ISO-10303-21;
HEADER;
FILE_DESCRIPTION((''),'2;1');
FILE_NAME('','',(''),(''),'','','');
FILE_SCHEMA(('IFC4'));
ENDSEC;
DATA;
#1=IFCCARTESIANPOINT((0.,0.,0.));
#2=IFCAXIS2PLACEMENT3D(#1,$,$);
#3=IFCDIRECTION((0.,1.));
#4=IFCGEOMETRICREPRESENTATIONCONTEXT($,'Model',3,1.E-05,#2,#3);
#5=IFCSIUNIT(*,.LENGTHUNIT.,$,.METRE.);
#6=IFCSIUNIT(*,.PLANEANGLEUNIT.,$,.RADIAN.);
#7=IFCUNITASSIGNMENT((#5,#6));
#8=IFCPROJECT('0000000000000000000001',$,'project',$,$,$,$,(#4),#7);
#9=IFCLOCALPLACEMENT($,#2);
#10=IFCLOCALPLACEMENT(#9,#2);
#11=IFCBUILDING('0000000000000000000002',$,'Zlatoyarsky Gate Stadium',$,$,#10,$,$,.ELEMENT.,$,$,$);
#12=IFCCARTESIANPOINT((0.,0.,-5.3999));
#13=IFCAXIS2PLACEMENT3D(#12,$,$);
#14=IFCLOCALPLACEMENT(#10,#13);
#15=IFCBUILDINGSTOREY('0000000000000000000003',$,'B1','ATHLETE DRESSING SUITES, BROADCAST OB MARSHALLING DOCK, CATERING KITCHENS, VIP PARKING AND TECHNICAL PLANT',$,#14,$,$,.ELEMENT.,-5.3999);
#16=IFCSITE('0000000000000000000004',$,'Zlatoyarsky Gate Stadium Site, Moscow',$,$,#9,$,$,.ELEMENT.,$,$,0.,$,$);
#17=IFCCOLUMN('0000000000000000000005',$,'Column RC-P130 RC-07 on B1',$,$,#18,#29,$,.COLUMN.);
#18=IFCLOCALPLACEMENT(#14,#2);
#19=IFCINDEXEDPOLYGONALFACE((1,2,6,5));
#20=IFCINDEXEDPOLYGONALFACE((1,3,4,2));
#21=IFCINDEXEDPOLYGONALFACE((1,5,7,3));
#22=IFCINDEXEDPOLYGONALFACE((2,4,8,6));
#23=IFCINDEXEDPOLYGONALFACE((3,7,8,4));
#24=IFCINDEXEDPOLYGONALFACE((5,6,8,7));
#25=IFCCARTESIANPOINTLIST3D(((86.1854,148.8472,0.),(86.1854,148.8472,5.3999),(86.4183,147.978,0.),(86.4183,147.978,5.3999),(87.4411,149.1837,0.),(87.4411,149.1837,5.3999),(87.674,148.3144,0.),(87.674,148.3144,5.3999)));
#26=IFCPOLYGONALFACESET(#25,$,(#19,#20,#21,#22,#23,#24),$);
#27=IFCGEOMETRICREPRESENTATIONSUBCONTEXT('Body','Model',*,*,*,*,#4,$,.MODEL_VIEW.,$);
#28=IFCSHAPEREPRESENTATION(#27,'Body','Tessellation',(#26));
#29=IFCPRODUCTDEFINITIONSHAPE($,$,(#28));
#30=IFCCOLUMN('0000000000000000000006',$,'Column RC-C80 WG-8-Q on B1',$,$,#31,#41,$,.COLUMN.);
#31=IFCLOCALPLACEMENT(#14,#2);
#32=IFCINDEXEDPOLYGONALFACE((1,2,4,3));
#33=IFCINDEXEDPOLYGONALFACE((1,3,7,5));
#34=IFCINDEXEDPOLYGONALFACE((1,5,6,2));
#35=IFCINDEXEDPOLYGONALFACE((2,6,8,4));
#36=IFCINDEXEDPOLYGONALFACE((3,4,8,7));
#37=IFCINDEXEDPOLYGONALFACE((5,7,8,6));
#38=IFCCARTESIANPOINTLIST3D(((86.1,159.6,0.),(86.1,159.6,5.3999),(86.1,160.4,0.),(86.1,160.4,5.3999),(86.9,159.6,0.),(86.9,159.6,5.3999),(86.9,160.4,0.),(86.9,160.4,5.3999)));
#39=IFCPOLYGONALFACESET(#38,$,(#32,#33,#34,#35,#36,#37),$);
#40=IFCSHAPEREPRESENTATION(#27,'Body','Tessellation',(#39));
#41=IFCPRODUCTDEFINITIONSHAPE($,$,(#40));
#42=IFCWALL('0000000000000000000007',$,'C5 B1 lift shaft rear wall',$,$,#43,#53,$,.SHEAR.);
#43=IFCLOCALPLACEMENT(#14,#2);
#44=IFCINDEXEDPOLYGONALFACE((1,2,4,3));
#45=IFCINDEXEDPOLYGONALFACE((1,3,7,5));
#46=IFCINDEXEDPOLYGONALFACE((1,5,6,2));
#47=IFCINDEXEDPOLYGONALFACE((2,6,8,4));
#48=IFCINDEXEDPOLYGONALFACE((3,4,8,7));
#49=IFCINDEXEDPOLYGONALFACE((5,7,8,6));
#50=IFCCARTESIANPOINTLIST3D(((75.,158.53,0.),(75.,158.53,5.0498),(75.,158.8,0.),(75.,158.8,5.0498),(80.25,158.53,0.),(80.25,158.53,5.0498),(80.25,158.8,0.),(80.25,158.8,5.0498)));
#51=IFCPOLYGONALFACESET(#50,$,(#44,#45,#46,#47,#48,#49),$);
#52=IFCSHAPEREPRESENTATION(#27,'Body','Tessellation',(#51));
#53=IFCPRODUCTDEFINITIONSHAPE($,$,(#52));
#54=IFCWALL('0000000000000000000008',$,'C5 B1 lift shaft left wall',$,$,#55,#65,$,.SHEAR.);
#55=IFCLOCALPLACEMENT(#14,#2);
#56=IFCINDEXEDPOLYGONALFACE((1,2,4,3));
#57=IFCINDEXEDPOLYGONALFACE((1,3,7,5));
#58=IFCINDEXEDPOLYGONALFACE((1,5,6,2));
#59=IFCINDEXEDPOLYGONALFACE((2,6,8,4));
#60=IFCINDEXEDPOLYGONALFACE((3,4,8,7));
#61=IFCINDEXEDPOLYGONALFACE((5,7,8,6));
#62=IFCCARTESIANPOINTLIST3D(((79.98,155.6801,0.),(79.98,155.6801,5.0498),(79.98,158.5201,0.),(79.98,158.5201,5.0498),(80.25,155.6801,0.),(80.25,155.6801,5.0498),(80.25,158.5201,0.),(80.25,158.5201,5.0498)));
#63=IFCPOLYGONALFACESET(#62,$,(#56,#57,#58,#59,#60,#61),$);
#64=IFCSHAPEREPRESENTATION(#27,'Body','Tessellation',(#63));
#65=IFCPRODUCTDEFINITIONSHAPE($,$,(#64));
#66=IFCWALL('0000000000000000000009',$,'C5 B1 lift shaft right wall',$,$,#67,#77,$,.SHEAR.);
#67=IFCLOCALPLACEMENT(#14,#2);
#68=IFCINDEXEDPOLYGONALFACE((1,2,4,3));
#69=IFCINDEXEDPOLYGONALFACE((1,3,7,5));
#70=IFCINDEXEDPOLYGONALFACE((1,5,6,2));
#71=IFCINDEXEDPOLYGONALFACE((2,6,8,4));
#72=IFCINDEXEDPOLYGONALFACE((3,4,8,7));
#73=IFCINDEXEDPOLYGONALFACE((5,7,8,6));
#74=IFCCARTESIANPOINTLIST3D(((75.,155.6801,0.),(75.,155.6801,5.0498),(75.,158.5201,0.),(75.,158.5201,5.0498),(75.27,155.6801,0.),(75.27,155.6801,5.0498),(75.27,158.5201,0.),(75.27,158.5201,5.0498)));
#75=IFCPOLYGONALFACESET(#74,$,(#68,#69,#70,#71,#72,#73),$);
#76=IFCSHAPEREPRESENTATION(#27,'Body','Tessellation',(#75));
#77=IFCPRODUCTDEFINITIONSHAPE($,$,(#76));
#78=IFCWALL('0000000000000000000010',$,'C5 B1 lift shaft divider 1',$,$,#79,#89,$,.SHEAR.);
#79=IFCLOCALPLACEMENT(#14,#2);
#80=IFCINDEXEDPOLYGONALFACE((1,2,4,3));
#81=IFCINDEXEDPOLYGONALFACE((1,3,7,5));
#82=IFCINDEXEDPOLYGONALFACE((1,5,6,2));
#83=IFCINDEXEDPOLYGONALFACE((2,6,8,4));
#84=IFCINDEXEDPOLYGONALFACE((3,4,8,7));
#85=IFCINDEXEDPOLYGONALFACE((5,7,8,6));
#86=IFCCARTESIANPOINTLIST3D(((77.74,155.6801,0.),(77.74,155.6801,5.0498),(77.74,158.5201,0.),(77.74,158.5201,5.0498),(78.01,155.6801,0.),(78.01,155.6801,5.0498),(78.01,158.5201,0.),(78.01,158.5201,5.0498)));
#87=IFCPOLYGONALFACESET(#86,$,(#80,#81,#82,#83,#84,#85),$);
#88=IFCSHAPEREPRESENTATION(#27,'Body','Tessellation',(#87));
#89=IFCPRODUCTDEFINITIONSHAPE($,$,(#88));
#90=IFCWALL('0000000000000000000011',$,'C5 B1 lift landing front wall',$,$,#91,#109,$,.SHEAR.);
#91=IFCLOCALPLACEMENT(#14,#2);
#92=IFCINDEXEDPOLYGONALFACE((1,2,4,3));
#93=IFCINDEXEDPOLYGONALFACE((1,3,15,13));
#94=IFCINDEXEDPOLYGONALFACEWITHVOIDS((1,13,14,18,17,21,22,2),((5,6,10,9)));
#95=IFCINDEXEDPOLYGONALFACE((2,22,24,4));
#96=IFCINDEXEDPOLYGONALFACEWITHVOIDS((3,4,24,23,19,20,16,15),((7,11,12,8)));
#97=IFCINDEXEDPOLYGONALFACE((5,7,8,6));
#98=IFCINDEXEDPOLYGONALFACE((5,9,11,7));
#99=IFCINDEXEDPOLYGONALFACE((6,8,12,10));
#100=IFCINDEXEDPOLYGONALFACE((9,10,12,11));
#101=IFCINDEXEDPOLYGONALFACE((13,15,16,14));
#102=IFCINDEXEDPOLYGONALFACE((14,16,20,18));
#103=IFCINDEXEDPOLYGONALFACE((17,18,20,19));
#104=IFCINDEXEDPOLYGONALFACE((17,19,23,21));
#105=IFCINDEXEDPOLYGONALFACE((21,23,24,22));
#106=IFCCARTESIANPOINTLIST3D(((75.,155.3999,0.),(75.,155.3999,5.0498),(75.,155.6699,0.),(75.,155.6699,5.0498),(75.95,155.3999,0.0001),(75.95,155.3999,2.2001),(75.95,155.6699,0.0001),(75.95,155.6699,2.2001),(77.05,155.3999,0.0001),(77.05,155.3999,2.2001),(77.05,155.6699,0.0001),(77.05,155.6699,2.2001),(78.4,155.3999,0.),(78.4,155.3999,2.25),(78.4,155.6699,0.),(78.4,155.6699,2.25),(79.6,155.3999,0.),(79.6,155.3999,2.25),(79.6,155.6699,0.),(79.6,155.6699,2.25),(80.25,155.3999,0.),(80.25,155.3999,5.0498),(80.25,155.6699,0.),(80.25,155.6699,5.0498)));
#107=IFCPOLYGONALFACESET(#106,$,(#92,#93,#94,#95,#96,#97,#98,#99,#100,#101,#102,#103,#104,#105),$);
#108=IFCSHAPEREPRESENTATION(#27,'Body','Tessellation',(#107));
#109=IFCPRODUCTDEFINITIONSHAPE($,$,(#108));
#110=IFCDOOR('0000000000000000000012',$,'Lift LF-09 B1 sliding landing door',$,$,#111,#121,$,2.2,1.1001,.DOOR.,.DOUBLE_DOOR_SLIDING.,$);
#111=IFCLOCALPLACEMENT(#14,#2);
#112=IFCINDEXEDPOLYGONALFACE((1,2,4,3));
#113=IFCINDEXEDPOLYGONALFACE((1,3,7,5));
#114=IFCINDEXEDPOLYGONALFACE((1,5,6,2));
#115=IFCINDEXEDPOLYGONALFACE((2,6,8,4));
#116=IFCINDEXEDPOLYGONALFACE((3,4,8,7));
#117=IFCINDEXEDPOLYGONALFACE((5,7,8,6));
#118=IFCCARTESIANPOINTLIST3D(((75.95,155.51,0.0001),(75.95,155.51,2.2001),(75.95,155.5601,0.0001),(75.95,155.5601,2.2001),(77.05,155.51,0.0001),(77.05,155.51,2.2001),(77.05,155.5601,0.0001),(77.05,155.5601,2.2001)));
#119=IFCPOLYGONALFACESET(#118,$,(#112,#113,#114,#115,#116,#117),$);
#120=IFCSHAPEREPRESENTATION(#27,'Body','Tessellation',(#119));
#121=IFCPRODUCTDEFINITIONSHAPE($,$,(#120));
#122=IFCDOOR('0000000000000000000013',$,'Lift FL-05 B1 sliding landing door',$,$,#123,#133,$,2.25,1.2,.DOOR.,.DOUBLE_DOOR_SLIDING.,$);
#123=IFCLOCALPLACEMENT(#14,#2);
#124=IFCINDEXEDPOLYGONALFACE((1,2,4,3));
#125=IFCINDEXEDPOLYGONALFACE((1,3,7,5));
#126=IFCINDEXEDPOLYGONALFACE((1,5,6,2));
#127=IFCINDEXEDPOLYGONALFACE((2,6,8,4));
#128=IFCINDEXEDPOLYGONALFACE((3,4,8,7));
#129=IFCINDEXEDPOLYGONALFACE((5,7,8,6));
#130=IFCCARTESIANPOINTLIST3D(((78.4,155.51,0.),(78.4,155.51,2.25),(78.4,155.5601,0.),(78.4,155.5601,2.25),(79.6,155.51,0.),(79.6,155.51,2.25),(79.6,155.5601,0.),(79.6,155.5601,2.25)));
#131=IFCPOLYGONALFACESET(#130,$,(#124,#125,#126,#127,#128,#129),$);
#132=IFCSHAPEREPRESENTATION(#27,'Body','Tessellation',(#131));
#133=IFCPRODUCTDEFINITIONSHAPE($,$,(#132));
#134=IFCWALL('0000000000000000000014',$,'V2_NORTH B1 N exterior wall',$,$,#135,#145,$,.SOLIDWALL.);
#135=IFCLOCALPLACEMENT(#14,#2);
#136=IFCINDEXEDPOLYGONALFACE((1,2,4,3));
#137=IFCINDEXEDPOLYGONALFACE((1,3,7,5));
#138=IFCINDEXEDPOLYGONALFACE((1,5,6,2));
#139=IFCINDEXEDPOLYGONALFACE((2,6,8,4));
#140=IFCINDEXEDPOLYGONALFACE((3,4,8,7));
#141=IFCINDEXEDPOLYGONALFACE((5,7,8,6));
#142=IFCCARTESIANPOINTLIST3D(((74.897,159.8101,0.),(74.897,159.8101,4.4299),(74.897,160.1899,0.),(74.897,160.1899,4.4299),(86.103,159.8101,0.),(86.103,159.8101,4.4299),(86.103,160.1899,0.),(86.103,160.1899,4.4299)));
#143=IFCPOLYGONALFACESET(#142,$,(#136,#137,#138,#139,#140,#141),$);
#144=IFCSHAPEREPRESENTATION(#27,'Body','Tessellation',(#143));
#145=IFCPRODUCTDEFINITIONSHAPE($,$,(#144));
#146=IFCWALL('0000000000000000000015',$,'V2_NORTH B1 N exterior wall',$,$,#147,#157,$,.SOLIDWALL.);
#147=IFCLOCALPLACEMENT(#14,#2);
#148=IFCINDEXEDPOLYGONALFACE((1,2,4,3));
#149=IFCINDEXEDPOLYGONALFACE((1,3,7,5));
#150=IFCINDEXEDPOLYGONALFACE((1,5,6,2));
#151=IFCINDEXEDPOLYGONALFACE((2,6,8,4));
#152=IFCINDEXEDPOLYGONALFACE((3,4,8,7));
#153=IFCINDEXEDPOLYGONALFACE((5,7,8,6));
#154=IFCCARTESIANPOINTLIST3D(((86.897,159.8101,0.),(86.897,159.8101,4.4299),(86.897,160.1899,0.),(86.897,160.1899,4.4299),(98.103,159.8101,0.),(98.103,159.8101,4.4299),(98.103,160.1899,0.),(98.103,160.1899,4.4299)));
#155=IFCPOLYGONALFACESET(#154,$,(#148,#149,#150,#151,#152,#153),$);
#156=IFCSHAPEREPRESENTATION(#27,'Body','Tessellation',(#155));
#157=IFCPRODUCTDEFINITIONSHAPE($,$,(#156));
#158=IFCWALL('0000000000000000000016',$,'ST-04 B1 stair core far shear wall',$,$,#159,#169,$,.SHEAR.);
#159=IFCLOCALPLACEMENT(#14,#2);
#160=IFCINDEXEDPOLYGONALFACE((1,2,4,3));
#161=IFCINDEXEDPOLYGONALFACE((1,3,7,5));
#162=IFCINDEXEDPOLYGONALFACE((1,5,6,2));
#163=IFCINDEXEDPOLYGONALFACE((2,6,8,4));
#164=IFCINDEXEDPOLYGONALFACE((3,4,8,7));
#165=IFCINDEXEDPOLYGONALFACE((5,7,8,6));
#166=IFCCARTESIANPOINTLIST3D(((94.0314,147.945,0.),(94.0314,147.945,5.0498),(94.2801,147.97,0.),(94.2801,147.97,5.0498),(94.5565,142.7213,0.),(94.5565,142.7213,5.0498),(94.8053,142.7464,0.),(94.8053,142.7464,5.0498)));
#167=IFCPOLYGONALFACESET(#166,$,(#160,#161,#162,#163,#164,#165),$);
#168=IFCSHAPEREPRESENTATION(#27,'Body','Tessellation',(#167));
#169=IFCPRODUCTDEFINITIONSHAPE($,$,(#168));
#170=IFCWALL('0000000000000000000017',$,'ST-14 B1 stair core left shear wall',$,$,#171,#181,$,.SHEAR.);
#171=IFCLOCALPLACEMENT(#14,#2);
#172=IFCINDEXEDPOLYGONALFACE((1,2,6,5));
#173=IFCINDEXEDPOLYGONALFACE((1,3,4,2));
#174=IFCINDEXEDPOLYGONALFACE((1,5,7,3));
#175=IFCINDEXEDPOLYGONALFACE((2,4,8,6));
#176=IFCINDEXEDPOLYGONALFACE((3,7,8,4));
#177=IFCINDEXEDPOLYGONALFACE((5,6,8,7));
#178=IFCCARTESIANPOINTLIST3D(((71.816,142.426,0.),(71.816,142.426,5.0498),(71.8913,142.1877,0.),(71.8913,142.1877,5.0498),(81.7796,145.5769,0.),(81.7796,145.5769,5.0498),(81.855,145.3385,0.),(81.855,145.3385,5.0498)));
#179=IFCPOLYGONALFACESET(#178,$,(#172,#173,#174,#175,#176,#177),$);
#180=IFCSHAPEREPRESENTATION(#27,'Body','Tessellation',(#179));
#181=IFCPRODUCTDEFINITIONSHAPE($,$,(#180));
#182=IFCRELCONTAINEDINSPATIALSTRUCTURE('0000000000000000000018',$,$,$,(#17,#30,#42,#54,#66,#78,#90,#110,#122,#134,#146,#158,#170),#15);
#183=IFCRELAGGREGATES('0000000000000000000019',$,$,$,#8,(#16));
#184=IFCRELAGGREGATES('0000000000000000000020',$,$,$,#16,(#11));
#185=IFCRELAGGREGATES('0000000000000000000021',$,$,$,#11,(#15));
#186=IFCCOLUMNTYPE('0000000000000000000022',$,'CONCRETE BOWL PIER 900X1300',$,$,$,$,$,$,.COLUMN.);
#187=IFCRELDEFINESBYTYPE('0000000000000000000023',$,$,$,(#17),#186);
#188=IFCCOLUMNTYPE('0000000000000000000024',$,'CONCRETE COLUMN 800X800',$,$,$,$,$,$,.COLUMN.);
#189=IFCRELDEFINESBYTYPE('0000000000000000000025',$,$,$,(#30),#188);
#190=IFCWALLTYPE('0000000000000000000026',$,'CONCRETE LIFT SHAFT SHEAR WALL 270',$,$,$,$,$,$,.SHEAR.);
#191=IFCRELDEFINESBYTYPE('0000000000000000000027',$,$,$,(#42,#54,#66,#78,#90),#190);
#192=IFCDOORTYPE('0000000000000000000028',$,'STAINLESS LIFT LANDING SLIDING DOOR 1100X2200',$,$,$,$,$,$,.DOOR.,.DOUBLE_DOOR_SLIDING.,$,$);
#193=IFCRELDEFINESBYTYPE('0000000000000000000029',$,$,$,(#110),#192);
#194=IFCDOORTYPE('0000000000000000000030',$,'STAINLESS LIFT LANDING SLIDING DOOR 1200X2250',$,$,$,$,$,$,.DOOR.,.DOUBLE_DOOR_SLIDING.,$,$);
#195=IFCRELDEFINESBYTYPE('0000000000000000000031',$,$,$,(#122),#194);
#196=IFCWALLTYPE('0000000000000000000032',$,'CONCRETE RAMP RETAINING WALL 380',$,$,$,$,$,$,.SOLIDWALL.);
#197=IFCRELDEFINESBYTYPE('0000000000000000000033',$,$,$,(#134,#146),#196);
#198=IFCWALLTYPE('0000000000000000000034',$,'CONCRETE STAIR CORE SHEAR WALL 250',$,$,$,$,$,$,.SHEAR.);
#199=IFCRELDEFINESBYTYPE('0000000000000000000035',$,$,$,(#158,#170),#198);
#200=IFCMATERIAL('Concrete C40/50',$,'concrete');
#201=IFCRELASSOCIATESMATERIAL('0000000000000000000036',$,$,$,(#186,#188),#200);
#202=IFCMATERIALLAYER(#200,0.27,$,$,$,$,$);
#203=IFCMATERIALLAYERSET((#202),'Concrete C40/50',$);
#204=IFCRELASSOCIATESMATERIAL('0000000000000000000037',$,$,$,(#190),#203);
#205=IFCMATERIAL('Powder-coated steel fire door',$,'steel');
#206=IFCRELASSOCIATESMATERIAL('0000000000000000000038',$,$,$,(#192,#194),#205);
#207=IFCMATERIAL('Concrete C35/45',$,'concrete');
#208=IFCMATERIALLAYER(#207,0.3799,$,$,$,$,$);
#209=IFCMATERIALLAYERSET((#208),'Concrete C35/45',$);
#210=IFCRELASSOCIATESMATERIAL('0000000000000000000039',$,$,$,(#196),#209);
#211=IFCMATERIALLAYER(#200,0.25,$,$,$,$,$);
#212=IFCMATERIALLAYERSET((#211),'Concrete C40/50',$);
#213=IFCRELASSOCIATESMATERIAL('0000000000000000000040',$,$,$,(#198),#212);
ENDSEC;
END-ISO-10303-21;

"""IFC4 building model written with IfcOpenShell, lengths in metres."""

from ifc_helpers import new_model, si_unit, direction, frame, frame_2d, origin, origin_2d, place, context, subcontext, project, spatial, rectangle, extrude, material, layer, layer_set, material_profile, profile_set, type_object, element, fill, save


model = new_model("IFC4")

# Units and contexts
model_context = context("Model", 3, precision=1e-05, world=origin(), true_north=direction((0.0, 1.0)))
body_context = subcontext(model_context, "Body", "Model", "MODEL_VIEW")
ifc_project = project(units=[si_unit("LENGTHUNIT", "METRE"), si_unit("PLANEANGLEUNIT", "RADIAN")], contexts=[model_context])

# Site, building, storey
site_placement = place(None, origin())
site = spatial("IfcSite", under=ifc_project, at=site_placement, Name="Zlatoyarsky Gate Stadium Site, Moscow", CompositionType="ELEMENT", RefElevation=0.0)
building_placement = place(site_placement, origin())
building = spatial("IfcBuilding", under=site, at=building_placement, Name="Zlatoyarsky Gate Stadium", CompositionType="ELEMENT")
storey_placement = place(building_placement, frame((0.0, 0.0, -5.3999)))
storey = spatial("IfcBuildingStorey", under=building, at=storey_placement, Name="B1", Description="ATHLETE DRESSING SUITES, BROADCAST OB MARSHALLING DOCK, CATERING KITCHENS, VIP PARKING AND TECHNICAL PLANT", CompositionType="ELEMENT", Elevation=-5.3999)

# Shared definitions
ifc_material_1 = material(Name="Concrete C35/45", Category="concrete")

# Columns
ifc_material_2 = material(Name="Concrete C40/50", Category="concrete")
ifc_material_profile_1 = material_profile(ifc_material_2, rectangle(XDim=0.8999, YDim=1.3, at=origin_2d()), Name="RC PIER 900X1300")
ifc_profile_set_1 = profile_set([ifc_material_profile_1], Name="Concrete C40/50")
column_type_1 = type_object("IfcColumnType", Name="CONCRETE BOWL PIER 900X1300", PredefinedType="COLUMN", material=ifc_profile_set_1)
column_1_placement = place(storey_placement, frame((86.9297, 148.5808, 0.0), z_axis=(0.0, 0.0, 1.0), x_axis=(-0.258819, 0.965926, 0.0)))
element("IfcColumn", 1, at=column_1_placement, inside=storey, type_object=column_type_1, Name="Column RC-P130 RC-07 on B1", PredefinedType="COLUMN", context=body_context, shape_type="SweptSolid", body=[
    extrude(rectangle(XDim=0.8999, YDim=1.3, at=origin_2d()), origin(), (0.0, 0.0, 1.0), 5.3999),
])
ifc_material_profile_2 = material_profile(ifc_material_2, rectangle(XDim=0.8, YDim=0.8, at=origin_2d()), Name="RC COL 800X800")
ifc_profile_set_2 = profile_set([ifc_material_profile_2], Name="Concrete C40/50")
column_type_2 = type_object("IfcColumnType", Name="CONCRETE COLUMN 800X800", PredefinedType="COLUMN", material=ifc_profile_set_2)
column_2_placement = place(storey_placement, frame((86.5, 160.0, 0.0), z_axis=(0.0, 0.0, 1.0), x_axis=(1.0, 0.0, 0.0)))
element("IfcColumn", 2, at=column_2_placement, inside=storey, type_object=column_type_2, Name="Column RC-C80 WG-8-Q on B1", PredefinedType="COLUMN", context=body_context, shape_type="SweptSolid", body=[
    extrude(rectangle(XDim=0.8, YDim=0.8, at=origin_2d()), origin(), (0.0, 0.0, 1.0), 5.3999),
])

# Walls
ifc_layer_1 = layer(ifc_material_2, 0.27)
ifc_layer_set_1 = layer_set([ifc_layer_1], Name="Concrete C40/50")
wall_type_1 = type_object("IfcWallType", Name="CONCRETE LIFT SHAFT SHEAR WALL 270", PredefinedType="SHEAR", material=ifc_layer_set_1)
wall_1_placement = place(storey_placement, frame((80.25, 158.665, 0.0), z_axis=(0.0, 0.0, 1.0), x_axis=(-1.0, 0.0, 0.0)))
element("IfcWall", 3, at=wall_1_placement, inside=storey, type_object=wall_type_1, Name="C5 B1 lift shaft rear wall", PredefinedType="SHEAR", context=body_context, shape_type="SweptSolid", body=[
    extrude(rectangle(XDim=5.25, YDim=0.27, at=frame_2d((2.625, 0.0))), origin(), (0.0, 0.0, 1.0), 5.0498),
])
for number, where, z_axis, x_axis, name in (
    (4, (80.115, 158.52, 0.0), (0.0, 0.0, 1.0), (0.0, -1.0, 0.0), "C5 B1 lift shaft left wall"),
    (5, (75.135, 158.52, 0.0), (0.0, 0.0, 1.0), (0.0, -1.0, 0.0), "C5 B1 lift shaft right wall"),
    (6, (77.875, 158.52, 0.0), (0.0, 0.0, 1.0), (0.0, -1.0, 0.0), "C5 B1 lift shaft divider 1"),
):
    element("IfcWall", number, at=place(storey_placement, frame(where, z_axis=z_axis, x_axis=x_axis)), inside=storey, type_object=wall_type_1, Name=name, PredefinedType="SHEAR", context=body_context, shape_type="SweptSolid", body=[
        extrude(rectangle(XDim=2.8401, YDim=0.27, at=frame_2d((1.4199, 0.0))), origin(), (0.0, 0.0, 1.0), 5.0498),
    ])

# Wall, openings, doors
wall_2_placement = place(storey_placement, frame((80.25, 155.5349, 0.0), z_axis=(0.0, 0.0, 1.0), x_axis=(-1.0, 0.0, 0.0)))
wall_2 = element("IfcWall", 7, at=wall_2_placement, inside=storey, type_object=wall_type_1, Name="C5 B1 lift landing front wall", PredefinedType="SHEAR", context=body_context, shape_type="SweptSolid", body=[
    extrude(rectangle(XDim=5.25, YDim=0.27, at=frame_2d((2.625, 0.0))), origin(), (0.0, 0.0, 1.0), 5.0498),
])
opening_1_placement = place(wall_2_placement, frame((0.6499, 0.0, 0.0)))
opening_1 = element("IfcOpeningElement", 8, at=opening_1_placement, cuts=wall_2, PredefinedType="OPENING", context=body_context, shape_type="SweptSolid", body=[
    extrude(rectangle(XDim=1.2, YDim=2.25, at=frame_2d((0.6001, 1.125))), frame((0.0, 0.145, 0.0), z_axis=(0.0, -1.0, 0.0), x_axis=(1.0, 0.0, 0.0)), (0.0, 0.0, 1.0), 0.29),
])
opening_2_placement = place(wall_2_placement, frame((3.2, 0.0, 0.0)))
opening_2 = element("IfcOpeningElement", 9, at=opening_2_placement, cuts=wall_2, PredefinedType="OPENING", context=body_context, shape_type="SweptSolid", body=[
    extrude(rectangle(XDim=1.1001, YDim=2.2, at=frame_2d((0.55, 1.1001))), frame((0.0, 0.145, 0.0), z_axis=(0.0, -1.0, 0.0), x_axis=(1.0, 0.0, 0.0)), (0.0, 0.0, 1.0), 0.29),
])
ifc_material_3 = material(Name="Powder-coated steel fire door", Category="steel")
door_type_1 = type_object("IfcDoorType", Name="STAINLESS LIFT LANDING SLIDING DOOR 1100X2200", OperationType="DOUBLE_DOOR_SLIDING", PredefinedType="DOOR", material=ifc_material_3)
door_1_placement = place(opening_2_placement, origin())
door_1 = element("IfcDoor", 10, at=door_1_placement, inside=storey, type_object=door_type_1, Name="Lift LF-09 B1 sliding landing door", OperationType="DOUBLE_DOOR_SLIDING", OverallHeight=2.2, OverallWidth=1.1001, PredefinedType="DOOR", context=body_context, shape_type="SweptSolid", body=[
    extrude(rectangle(XDim=1.1001, YDim=2.2, at=frame_2d((0.55, 1.1001))), frame((0.0, 0.0249, 0.0), z_axis=(0.0, -1.0, 0.0), x_axis=(1.0, 0.0, 0.0)), (0.0, 0.0, 1.0), 0.05),
])
fill(opening_2, door_1)
door_type_2 = type_object("IfcDoorType", Name="STAINLESS LIFT LANDING SLIDING DOOR 1200X2250", OperationType="DOUBLE_DOOR_SLIDING", PredefinedType="DOOR", material=ifc_material_3)
door_2_placement = place(opening_1_placement, origin())
door_2 = element("IfcDoor", 11, at=door_2_placement, inside=storey, type_object=door_type_2, Name="Lift FL-05 B1 sliding landing door", OperationType="DOUBLE_DOOR_SLIDING", OverallHeight=2.25, OverallWidth=1.2, PredefinedType="DOOR", context=body_context, shape_type="SweptSolid", body=[
    extrude(rectangle(XDim=1.2, YDim=2.25, at=frame_2d((0.6001, 1.125))), frame((0.0, 0.0249, 0.0), z_axis=(0.0, -1.0, 0.0), x_axis=(1.0, 0.0, 0.0)), (0.0, 0.0, 1.0), 0.05),
])
fill(opening_1, door_2)

# Walls
ifc_layer_2 = layer(ifc_material_1, 0.3799)
ifc_layer_set_2 = layer_set([ifc_layer_2], Name="Concrete C35/45")
wall_type_2 = type_object("IfcWallType", Name="CONCRETE RAMP RETAINING WALL 380", PredefinedType="SOLIDWALL", material=ifc_layer_set_2)
for number, where, z_axis, x_axis, name in (
    (12, (74.897, 160.0, 0.0), (0.0, 0.0, 1.0), (1.0, 0.0, 0.0), "V2_NORTH B1 N exterior wall"),
    (13, (86.897, 160.0, 0.0), (0.0, 0.0, 1.0), (1.0, 0.0, 0.0), "V2_NORTH B1 N exterior wall"),
):
    element("IfcWall", number, at=place(storey_placement, frame(where, z_axis=z_axis, x_axis=x_axis)), inside=storey, type_object=wall_type_2, Name=name, PredefinedType="SOLIDWALL", context=body_context, shape_type="SweptSolid", body=[
        extrude(rectangle(XDim=11.2061, YDim=0.3799, at=frame_2d((5.603, 0.0))), origin(), (0.0, 0.0, 1.0), 4.4299),
    ])
ifc_layer_3 = layer(ifc_material_2, 0.25)
ifc_layer_set_3 = layer_set([ifc_layer_3], Name="Concrete C40/50")
wall_type_3 = type_object("IfcWallType", Name="CONCRETE STAIR CORE SHEAR WALL 250", PredefinedType="SHEAR", material=ifc_layer_set_3)
wall_3_placement = place(storey_placement, frame((94.1558, 147.9575, 0.0), z_axis=(0.0, 0.0, 1.0), x_axis=(0.100029, -0.994985, 0.0)))
element("IfcWall", 14, at=wall_3_placement, inside=storey, type_object=wall_type_3, Name="ST-04 B1 stair core far shear wall", PredefinedType="SHEAR", context=body_context, shape_type="SweptSolid", body=[
    extrude(rectangle(XDim=5.25, YDim=0.25, at=frame_2d((2.625, 0.0))), origin(), (0.0, 0.0, 1.0), 5.0498),
])
wall_4_placement = place(storey_placement, frame((81.8174, 145.4578, 0.0), z_axis=(0.0, 0.0, 1.0), x_axis=(-0.95346, -0.30152, 0.0)))
element("IfcWall", 15, at=wall_4_placement, inside=storey, type_object=wall_type_3, Name="ST-14 B1 stair core left shear wall", PredefinedType="SHEAR", context=body_context, shape_type="SweptSolid", body=[
    extrude(rectangle(XDim=10.45, YDim=0.25, at=frame_2d((5.2251, 0.0))), origin(), (0.0, 0.0, 1.0), 5.0498),
])

save(model, "model.ifc")
